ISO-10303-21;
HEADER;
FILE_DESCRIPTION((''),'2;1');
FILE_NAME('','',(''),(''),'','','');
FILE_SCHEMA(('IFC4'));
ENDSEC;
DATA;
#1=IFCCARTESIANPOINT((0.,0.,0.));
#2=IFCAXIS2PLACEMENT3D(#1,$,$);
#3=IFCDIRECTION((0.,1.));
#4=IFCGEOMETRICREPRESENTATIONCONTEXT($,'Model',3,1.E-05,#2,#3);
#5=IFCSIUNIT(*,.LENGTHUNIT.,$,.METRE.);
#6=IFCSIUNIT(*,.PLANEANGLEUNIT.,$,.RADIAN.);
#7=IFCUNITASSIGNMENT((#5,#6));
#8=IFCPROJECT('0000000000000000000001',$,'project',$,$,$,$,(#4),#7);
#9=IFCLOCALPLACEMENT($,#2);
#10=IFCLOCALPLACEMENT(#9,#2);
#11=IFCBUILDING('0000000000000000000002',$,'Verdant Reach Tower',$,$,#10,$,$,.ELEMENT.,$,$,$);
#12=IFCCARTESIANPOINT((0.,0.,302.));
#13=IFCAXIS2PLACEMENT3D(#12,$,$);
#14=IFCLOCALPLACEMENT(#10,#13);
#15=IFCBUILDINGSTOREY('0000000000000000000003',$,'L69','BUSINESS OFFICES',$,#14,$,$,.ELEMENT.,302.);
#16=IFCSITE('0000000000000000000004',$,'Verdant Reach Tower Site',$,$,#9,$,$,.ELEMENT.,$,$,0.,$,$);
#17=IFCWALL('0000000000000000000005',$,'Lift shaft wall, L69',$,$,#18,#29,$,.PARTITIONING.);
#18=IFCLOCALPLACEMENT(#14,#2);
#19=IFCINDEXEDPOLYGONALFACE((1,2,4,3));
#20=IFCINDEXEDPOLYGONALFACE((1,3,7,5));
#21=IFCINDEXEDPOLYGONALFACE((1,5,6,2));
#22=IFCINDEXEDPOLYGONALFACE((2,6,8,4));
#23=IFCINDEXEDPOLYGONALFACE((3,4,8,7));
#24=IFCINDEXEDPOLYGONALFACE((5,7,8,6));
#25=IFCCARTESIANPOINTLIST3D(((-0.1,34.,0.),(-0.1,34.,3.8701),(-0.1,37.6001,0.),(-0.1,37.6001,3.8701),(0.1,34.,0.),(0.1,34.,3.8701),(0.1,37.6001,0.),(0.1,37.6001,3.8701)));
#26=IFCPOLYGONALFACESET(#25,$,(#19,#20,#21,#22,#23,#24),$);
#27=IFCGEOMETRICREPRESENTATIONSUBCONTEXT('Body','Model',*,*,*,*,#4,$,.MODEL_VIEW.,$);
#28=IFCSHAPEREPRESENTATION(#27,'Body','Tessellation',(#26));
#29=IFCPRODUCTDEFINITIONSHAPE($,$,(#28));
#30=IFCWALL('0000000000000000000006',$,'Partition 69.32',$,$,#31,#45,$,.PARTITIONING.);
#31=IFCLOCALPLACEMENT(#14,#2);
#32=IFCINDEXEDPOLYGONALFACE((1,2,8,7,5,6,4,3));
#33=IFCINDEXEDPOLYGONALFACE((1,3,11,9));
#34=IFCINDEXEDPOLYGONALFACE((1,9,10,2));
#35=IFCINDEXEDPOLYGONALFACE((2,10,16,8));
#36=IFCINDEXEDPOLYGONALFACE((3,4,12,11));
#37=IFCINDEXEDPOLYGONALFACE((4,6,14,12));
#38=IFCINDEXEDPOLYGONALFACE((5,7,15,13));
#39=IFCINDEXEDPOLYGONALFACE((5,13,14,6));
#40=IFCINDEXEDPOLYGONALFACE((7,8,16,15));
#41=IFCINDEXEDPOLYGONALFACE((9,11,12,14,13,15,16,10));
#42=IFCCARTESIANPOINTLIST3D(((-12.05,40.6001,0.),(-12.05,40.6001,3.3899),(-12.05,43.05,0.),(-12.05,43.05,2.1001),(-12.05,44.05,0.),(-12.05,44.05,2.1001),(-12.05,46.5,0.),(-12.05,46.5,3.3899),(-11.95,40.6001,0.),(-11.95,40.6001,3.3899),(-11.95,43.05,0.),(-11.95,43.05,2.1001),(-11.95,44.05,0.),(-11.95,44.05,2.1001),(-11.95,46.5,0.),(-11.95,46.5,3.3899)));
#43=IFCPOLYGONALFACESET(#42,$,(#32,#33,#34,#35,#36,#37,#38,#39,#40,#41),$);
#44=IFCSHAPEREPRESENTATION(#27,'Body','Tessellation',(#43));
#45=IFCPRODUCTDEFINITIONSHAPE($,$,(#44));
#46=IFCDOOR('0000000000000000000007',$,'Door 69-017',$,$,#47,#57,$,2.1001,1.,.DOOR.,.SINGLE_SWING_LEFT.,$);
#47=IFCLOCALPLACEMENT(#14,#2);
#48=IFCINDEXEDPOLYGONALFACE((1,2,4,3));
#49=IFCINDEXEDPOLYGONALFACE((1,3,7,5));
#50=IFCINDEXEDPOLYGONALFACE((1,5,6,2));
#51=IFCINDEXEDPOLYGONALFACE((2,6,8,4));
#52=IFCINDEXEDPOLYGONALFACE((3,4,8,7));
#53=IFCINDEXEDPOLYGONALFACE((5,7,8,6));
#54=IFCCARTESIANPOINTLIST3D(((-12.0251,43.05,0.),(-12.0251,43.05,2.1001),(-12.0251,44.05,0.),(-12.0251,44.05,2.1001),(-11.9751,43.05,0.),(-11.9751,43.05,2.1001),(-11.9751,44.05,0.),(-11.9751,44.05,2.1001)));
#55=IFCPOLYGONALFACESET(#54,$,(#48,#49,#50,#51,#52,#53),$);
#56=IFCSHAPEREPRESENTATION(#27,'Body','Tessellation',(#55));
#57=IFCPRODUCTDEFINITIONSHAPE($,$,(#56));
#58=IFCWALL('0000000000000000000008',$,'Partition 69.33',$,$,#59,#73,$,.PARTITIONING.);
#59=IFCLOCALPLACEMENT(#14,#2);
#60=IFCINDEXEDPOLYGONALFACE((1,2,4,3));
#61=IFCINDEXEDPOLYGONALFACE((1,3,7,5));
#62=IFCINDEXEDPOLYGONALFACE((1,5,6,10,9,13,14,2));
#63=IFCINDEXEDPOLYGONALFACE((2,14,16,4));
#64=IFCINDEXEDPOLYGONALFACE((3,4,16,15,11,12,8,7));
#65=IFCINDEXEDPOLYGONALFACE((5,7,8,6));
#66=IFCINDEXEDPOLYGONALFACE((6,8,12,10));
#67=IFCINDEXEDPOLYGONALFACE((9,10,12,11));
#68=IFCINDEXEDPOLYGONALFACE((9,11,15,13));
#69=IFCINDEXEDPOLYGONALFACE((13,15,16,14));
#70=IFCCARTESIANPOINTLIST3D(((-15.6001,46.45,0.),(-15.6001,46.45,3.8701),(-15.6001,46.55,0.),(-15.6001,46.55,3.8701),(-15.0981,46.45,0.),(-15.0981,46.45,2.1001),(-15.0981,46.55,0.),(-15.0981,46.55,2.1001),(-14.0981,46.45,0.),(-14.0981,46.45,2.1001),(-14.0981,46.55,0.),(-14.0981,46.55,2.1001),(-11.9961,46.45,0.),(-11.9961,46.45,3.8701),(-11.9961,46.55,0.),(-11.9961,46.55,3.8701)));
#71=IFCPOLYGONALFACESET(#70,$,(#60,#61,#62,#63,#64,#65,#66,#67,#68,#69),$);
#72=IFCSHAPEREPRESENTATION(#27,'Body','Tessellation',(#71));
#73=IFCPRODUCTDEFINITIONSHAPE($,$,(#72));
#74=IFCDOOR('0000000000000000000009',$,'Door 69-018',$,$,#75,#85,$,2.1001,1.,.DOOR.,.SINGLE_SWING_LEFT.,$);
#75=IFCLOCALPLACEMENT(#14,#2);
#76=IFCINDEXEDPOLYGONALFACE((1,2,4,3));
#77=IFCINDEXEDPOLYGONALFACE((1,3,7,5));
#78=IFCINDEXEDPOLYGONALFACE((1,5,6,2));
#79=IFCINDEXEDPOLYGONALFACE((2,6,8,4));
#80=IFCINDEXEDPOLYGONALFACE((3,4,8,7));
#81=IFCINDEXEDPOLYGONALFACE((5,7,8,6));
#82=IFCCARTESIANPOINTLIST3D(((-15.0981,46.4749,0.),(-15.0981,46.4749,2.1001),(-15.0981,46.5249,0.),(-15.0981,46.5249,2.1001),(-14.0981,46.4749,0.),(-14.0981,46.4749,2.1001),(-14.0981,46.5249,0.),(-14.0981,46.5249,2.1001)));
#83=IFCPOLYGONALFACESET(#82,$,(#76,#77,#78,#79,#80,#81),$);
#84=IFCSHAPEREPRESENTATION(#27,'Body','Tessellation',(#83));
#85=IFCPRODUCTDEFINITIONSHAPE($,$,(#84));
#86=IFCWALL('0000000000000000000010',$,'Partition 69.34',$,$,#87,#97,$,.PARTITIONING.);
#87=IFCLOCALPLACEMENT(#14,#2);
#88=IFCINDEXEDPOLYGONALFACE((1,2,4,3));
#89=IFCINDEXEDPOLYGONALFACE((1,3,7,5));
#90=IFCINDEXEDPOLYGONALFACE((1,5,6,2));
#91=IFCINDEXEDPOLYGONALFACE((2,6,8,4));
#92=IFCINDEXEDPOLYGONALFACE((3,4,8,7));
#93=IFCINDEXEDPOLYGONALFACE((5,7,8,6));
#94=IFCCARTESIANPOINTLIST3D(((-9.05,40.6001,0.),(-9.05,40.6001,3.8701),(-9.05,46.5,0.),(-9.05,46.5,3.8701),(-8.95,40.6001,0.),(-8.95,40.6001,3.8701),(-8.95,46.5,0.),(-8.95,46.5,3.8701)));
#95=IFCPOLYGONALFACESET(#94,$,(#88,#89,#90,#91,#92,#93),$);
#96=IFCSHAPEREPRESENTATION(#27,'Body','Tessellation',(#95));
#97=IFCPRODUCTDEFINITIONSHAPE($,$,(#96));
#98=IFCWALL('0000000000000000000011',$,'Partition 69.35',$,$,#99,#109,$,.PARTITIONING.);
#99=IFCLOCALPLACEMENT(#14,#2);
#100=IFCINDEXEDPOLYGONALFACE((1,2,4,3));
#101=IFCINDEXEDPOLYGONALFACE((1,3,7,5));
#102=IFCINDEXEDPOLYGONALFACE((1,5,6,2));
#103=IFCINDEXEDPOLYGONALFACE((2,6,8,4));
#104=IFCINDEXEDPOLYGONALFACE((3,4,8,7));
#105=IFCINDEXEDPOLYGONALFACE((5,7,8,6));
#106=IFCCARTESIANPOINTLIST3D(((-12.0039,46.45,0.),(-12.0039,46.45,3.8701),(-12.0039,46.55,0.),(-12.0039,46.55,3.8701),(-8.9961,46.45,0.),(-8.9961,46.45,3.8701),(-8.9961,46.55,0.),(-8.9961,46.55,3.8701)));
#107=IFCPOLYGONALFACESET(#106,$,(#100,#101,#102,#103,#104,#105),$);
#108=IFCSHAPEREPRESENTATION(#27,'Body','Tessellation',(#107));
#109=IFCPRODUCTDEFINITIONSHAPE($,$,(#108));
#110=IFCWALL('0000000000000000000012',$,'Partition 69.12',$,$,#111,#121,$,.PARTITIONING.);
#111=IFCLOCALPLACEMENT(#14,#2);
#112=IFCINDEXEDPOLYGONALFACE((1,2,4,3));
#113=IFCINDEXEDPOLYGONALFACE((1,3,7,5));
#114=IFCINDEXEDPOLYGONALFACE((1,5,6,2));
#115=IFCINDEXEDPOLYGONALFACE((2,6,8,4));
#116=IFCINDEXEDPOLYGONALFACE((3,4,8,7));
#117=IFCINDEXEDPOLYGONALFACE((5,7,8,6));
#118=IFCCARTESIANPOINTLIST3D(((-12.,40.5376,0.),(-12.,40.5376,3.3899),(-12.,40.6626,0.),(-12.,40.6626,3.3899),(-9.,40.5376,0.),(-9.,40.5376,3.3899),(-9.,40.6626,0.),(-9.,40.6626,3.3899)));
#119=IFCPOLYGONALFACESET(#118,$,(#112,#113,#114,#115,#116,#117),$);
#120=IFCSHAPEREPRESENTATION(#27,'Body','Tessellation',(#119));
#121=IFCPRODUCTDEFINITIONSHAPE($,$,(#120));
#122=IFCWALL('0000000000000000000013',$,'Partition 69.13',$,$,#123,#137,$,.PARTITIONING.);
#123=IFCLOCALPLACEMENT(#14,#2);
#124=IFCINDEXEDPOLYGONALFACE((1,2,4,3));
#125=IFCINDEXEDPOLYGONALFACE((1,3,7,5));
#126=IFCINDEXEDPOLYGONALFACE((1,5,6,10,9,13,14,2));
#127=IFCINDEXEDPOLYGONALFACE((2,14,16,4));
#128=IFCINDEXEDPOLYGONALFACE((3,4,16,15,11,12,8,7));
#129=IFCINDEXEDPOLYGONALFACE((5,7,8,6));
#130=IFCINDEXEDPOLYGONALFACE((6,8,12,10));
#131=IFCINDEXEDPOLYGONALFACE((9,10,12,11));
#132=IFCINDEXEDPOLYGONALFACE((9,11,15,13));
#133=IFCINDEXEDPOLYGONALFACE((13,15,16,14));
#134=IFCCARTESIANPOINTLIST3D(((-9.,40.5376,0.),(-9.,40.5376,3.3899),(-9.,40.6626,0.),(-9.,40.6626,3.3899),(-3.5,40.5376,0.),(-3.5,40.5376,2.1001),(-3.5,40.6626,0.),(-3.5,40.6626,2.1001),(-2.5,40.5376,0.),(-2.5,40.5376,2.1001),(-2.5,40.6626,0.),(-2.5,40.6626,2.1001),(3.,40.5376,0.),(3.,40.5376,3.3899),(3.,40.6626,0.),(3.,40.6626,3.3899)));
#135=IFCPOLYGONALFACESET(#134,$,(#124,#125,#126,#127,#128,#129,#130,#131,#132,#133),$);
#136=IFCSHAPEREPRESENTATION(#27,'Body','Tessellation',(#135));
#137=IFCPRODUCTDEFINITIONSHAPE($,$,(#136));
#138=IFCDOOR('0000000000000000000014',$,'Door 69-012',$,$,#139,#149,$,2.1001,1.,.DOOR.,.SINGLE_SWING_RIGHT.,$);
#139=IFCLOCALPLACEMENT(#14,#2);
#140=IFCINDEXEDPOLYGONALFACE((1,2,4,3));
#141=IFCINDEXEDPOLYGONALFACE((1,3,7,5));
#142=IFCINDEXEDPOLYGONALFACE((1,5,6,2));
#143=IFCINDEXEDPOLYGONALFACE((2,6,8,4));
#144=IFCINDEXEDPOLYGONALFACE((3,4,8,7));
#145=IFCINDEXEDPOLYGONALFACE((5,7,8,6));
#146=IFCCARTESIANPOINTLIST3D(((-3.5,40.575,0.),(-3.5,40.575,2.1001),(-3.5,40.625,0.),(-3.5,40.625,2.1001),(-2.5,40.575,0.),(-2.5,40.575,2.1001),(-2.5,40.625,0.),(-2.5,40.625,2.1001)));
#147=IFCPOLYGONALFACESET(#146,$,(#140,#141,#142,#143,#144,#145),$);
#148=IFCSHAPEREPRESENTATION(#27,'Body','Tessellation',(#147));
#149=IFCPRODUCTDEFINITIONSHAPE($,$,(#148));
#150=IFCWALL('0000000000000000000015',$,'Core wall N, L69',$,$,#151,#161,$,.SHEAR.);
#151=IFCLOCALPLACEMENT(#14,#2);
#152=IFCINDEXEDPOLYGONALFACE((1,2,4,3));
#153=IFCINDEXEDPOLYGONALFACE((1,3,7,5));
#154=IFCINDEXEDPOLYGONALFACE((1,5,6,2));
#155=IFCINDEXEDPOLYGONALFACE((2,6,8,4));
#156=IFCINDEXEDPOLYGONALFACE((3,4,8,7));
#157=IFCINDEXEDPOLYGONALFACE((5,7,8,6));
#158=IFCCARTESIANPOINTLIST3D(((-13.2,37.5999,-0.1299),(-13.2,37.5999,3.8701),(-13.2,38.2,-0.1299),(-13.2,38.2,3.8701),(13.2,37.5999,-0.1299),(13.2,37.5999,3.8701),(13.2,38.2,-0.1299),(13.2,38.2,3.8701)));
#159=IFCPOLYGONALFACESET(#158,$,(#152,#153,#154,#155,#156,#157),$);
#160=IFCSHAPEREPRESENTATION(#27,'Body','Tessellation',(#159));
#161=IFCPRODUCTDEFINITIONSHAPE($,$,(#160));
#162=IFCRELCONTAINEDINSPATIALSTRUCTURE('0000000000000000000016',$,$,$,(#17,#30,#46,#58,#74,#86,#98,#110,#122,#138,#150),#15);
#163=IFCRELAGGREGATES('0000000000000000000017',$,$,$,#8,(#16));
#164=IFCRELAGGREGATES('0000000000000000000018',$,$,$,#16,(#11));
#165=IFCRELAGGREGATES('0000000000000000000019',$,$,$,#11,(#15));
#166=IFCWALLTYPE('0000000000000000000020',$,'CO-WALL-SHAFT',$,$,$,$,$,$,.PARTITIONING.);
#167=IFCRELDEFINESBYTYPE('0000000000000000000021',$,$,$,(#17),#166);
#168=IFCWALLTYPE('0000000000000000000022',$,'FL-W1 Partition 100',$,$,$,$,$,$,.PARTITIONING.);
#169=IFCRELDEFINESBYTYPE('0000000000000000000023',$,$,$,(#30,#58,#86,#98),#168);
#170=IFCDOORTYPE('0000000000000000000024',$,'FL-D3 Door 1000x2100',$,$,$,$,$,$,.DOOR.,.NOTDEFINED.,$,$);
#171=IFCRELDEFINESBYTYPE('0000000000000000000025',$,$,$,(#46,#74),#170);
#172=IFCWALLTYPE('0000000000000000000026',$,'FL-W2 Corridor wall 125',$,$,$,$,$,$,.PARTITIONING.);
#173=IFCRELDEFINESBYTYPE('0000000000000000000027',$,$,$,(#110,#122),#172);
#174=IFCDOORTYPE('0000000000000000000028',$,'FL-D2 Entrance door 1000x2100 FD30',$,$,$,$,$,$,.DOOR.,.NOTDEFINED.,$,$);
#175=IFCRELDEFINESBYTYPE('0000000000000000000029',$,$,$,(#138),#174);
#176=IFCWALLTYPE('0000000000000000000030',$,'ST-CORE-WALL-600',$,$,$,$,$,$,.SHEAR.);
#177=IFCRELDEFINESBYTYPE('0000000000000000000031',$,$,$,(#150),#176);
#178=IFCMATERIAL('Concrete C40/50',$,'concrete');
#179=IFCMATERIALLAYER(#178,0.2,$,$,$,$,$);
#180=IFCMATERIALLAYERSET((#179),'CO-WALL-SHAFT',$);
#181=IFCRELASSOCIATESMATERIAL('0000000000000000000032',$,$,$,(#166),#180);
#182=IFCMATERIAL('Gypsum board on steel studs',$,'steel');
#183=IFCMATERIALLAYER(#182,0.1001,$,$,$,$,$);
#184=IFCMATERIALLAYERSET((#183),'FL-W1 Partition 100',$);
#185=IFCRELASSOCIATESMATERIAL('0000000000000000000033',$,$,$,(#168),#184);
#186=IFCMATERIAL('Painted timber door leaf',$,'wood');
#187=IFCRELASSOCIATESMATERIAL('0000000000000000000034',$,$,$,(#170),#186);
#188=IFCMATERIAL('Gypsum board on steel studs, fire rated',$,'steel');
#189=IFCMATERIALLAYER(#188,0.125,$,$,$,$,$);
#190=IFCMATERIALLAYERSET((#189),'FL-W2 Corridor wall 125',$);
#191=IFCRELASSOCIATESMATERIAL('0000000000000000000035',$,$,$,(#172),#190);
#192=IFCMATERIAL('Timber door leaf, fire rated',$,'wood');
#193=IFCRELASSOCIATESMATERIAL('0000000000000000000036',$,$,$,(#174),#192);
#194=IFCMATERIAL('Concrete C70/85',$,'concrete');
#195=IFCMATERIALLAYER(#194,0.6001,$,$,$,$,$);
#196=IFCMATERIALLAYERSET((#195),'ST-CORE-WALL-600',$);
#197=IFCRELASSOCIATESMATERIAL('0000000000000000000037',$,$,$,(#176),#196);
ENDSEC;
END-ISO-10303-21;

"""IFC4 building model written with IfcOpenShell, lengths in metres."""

from ifc_helpers import new_model, si_unit, direction, frame, frame_2d, origin, place, context, subcontext, project, spatial, rectangle, extrude, material, layer, layer_set, type_object, element, fill, save


model = new_model("IFC4")

# Units and contexts
model_context = context("Model", 3, precision=1e-05, world=origin(), true_north=direction((0.0, 1.0)))
body_context = subcontext(model_context, "Body", "Model", "MODEL_VIEW")
ifc_project = project(units=[si_unit("LENGTHUNIT", "METRE"), si_unit("PLANEANGLEUNIT", "RADIAN")], contexts=[model_context])

# Site, building, storey
site_placement = place(None, origin())
site = spatial("IfcSite", under=ifc_project, at=site_placement, Name="Verdant Reach Tower Site", CompositionType="ELEMENT", RefElevation=0.0)
building_placement = place(site_placement, origin())
building = spatial("IfcBuilding", under=site, at=building_placement, Name="Verdant Reach Tower", CompositionType="ELEMENT")
storey_placement = place(building_placement, frame((0.0, 0.0, 302.0)))
storey = spatial("IfcBuildingStorey", under=building, at=storey_placement, Name="L69", Description="BUSINESS OFFICES", CompositionType="ELEMENT", Elevation=302.0)

# Wall
ifc_material_1 = material(Name="Concrete C40/50", Category="concrete")
ifc_layer_1 = layer(ifc_material_1, 0.2)
ifc_layer_set_1 = layer_set([ifc_layer_1], Name="CO-WALL-SHAFT")
wall_type_1 = type_object("IfcWallType", Name="CO-WALL-SHAFT", PredefinedType="PARTITIONING", material=ifc_layer_set_1)
for number, where, z_axis, x_axis, name in (
    (1, (0.0, 34.0, 0.0), (0.0, 0.0, 1.0), (0.0, 1.0, 0.0), "Lift shaft wall, L69"),
):
    element("IfcWall", number, at=place(storey_placement, frame(where, z_axis=z_axis, x_axis=x_axis)), inside=storey, type_object=wall_type_1, Name=name, PredefinedType="PARTITIONING", context=body_context, shape_type="SweptSolid", body=[
        extrude(rectangle(XDim=3.6001, YDim=0.2, at=frame_2d((1.8, 0.0))), origin(), (0.0, 0.0, 1.0), 3.8701),
    ])

# Walls, openings, doors
ifc_material_2 = material(Name="Gypsum board on steel studs", Category="steel")
ifc_layer_2 = layer(ifc_material_2, 0.1001)
ifc_layer_set_2 = layer_set([ifc_layer_2], Name="FL-W1 Partition 100")
wall_type_2 = type_object("IfcWallType", Name="FL-W1 Partition 100", PredefinedType="PARTITIONING", material=ifc_layer_set_2)
wall_1_placement = place(storey_placement, frame((-12.0, 46.5, 0.0), z_axis=(0.0, 0.0, 1.0), x_axis=(0.0, -1.0, 0.0)))
wall_1 = element("IfcWall", 2, at=wall_1_placement, inside=storey, type_object=wall_type_2, Name="Partition 69.32", PredefinedType="PARTITIONING", context=body_context, shape_type="SweptSolid", body=[
    extrude(rectangle(XDim=5.8999, YDim=0.1001, at=frame_2d((2.95, 0.0))), origin(), (0.0, 0.0, 1.0), 3.3899),
])
opening_1_placement = place(wall_1_placement, frame((2.45, 0.0, 0.0)))
opening_1 = element("IfcOpeningElement", 3, at=opening_1_placement, cuts=wall_1, PredefinedType="OPENING", context=body_context, shape_type="SweptSolid", body=[
    extrude(rectangle(XDim=1.0, YDim=2.1001, at=frame_2d((0.5, 1.05))), frame((0.0, 0.0601, 0.0), z_axis=(0.0, -1.0, 0.0), x_axis=(1.0, 0.0, 0.0)), (0.0, 0.0, 1.0), 0.1201),
])
ifc_material_3 = material(Name="Painted timber door leaf", Category="wood")
door_type_1 = type_object("IfcDoorType", Name="FL-D3 Door 1000x2100", OperationType="NOTDEFINED", PredefinedType="DOOR", material=ifc_material_3)
door_1_placement = place(opening_1_placement, origin())
door_1 = element("IfcDoor", 4, at=door_1_placement, inside=storey, type_object=door_type_1, Name="Door 69-017", OperationType="SINGLE_SWING_LEFT", OverallHeight=2.1001, OverallWidth=1.0, PredefinedType="DOOR", context=body_context, shape_type="SweptSolid", body=[
    extrude(rectangle(XDim=1.0, YDim=2.1001, at=frame_2d((0.5, 1.05))), frame((0.0, 0.0249, 0.0), z_axis=(0.0, -1.0, 0.0), x_axis=(1.0, 0.0, 0.0)), (0.0, 0.0, 1.0), 0.05),
])
fill(opening_1, door_1)
wall_2_placement = place(storey_placement, frame((-15.6001, 46.5, 0.0), z_axis=(0.0, 0.0, 1.0), x_axis=(1.0, 0.0, 0.0)))
wall_2 = element("IfcWall", 5, at=wall_2_placement, inside=storey, type_object=wall_type_2, Name="Partition 69.33", PredefinedType="PARTITIONING", context=body_context, shape_type="SweptSolid", body=[
    extrude(rectangle(XDim=3.604, YDim=0.1001, at=frame_2d((1.802, 0.0))), origin(), (0.0, 0.0, 1.0), 3.8701),
])
opening_2_placement = place(wall_2_placement, frame((0.502, 0.0, 0.0)))
opening_2 = element("IfcOpeningElement", 6, at=opening_2_placement, cuts=wall_2, PredefinedType="OPENING", context=body_context, shape_type="SweptSolid", body=[
    extrude(rectangle(XDim=1.0, YDim=2.1001, at=frame_2d((0.5, 1.05))), frame((0.0, 0.0601, 0.0), z_axis=(0.0, -1.0, 0.0), x_axis=(1.0, 0.0, 0.0)), (0.0, 0.0, 1.0), 0.1201),
])
door_2_placement = place(opening_2_placement, origin())
door_2 = element("IfcDoor", 7, at=door_2_placement, inside=storey, type_object=door_type_1, Name="Door 69-018", OperationType="SINGLE_SWING_LEFT", OverallHeight=2.1001, OverallWidth=1.0, PredefinedType="DOOR", context=body_context, shape_type="SweptSolid", body=[
    extrude(rectangle(XDim=1.0, YDim=2.1001, at=frame_2d((0.5, 1.05))), frame((0.0, 0.0249, 0.0), z_axis=(0.0, -1.0, 0.0), x_axis=(1.0, 0.0, 0.0)), (0.0, 0.0, 1.0), 0.05),
])
fill(opening_2, door_2)

# Walls
wall_3_placement = place(storey_placement, frame((-9.0, 40.6001, 0.0), z_axis=(0.0, 0.0, 1.0), x_axis=(0.0, 1.0, 0.0)))
element("IfcWall", 8, at=wall_3_placement, inside=storey, type_object=wall_type_2, Name="Partition 69.34", PredefinedType="PARTITIONING", context=body_context, shape_type="SweptSolid", body=[
    extrude(rectangle(XDim=5.8999, YDim=0.1001, at=frame_2d((2.95, 0.0))), origin(), (0.0, 0.0, 1.0), 3.8701),
])
wall_4_placement = place(storey_placement, frame((-8.9961, 46.5, 0.0), z_axis=(0.0, 0.0, 1.0), x_axis=(-1.0, 0.0, 0.0)))
element("IfcWall", 9, at=wall_4_placement, inside=storey, type_object=wall_type_2, Name="Partition 69.35", PredefinedType="PARTITIONING", context=body_context, shape_type="SweptSolid", body=[
    extrude(rectangle(XDim=3.0078, YDim=0.1001, at=frame_2d((1.5039, 0.0))), origin(), (0.0, 0.0, 1.0), 3.8701),
])
ifc_material_4 = material(Name="Gypsum board on steel studs, fire rated", Category="steel")
ifc_layer_3 = layer(ifc_material_4, 0.125)
ifc_layer_set_3 = layer_set([ifc_layer_3], Name="FL-W2 Corridor wall 125")
wall_type_3 = type_object("IfcWallType", Name="FL-W2 Corridor wall 125", PredefinedType="PARTITIONING", material=ifc_layer_set_3)
wall_5_placement = place(storey_placement, frame((-9.0, 40.6001, 0.0), z_axis=(0.0, 0.0, 1.0), x_axis=(-1.0, 0.0, 0.0)))
element("IfcWall", 10, at=wall_5_placement, inside=storey, type_object=wall_type_3, Name="Partition 69.12", PredefinedType="PARTITIONING", context=body_context, shape_type="SweptSolid", body=[
    extrude(rectangle(XDim=3.0, YDim=0.125, at=frame_2d((1.5, 0.0))), origin(), (0.0, 0.0, 1.0), 3.3899),
])

# Wall, opening, door
wall_6_placement = place(storey_placement, frame((-9.0, 40.6001, 0.0), z_axis=(0.0, 0.0, 1.0), x_axis=(1.0, 0.0, 0.0)))
wall_6 = element("IfcWall", 11, at=wall_6_placement, inside=storey, type_object=wall_type_3, Name="Partition 69.13", PredefinedType="PARTITIONING", context=body_context, shape_type="SweptSolid", body=[
    extrude(rectangle(XDim=12.0, YDim=0.125, at=frame_2d((6.0, 0.0))), origin(), (0.0, 0.0, 1.0), 3.3899),
])
opening_3_placement = place(wall_6_placement, frame((5.5, 0.0, 0.0)))
opening_3 = element("IfcOpeningElement", 12, at=opening_3_placement, cuts=wall_6, PredefinedType="OPENING", context=body_context, shape_type="SweptSolid", body=[
    extrude(rectangle(XDim=1.0, YDim=2.1001, at=frame_2d((0.5, 1.05))), frame((0.0, 0.0725, 0.0), z_axis=(0.0, -1.0, 0.0), x_axis=(1.0, 0.0, 0.0)), (0.0, 0.0, 1.0), 0.145),
])
ifc_material_5 = material(Name="Timber door leaf, fire rated", Category="wood")
door_type_2 = type_object("IfcDoorType", Name="FL-D2 Entrance door 1000x2100 FD30", OperationType="NOTDEFINED", PredefinedType="DOOR", material=ifc_material_5)
door_3_placement = place(opening_3_placement, origin())
door_3 = element("IfcDoor", 13, at=door_3_placement, inside=storey, type_object=door_type_2, Name="Door 69-012", OperationType="SINGLE_SWING_RIGHT", OverallHeight=2.1001, OverallWidth=1.0, PredefinedType="DOOR", context=body_context, shape_type="SweptSolid", body=[
    extrude(rectangle(XDim=1.0, YDim=2.1001, at=frame_2d((0.5, 1.05))), frame((0.0, 0.0249, 0.0), z_axis=(0.0, -1.0, 0.0), x_axis=(1.0, 0.0, 0.0)), (0.0, 0.0, 1.0), 0.05),
])
fill(opening_3, door_3)

# Wall
ifc_material_6 = material(Name="Concrete C70/85", Category="concrete")
ifc_layer_4 = layer(ifc_material_6, 0.6001)
ifc_layer_set_4 = layer_set([ifc_layer_4], Name="ST-CORE-WALL-600")
wall_type_4 = type_object("IfcWallType", Name="ST-CORE-WALL-600", PredefinedType="SHEAR", material=ifc_layer_set_4)
wall_7_placement = place(storey_placement, frame((-13.2, 37.8999, -0.1299), z_axis=(0.0, 0.0, 1.0), x_axis=(1.0, 0.0, 0.0)))
element("IfcWall", 14, at=wall_7_placement, inside=storey, type_object=wall_type_4, Name="Core wall N, L69", PredefinedType="SHEAR", context=body_context, shape_type="SweptSolid", body=[
    extrude(rectangle(XDim=26.3999, YDim=0.6001, at=frame_2d((13.2, 0.0))), origin(), (0.0, 0.0, 1.0), 4.0),
])

save(model, "model.ifc")
